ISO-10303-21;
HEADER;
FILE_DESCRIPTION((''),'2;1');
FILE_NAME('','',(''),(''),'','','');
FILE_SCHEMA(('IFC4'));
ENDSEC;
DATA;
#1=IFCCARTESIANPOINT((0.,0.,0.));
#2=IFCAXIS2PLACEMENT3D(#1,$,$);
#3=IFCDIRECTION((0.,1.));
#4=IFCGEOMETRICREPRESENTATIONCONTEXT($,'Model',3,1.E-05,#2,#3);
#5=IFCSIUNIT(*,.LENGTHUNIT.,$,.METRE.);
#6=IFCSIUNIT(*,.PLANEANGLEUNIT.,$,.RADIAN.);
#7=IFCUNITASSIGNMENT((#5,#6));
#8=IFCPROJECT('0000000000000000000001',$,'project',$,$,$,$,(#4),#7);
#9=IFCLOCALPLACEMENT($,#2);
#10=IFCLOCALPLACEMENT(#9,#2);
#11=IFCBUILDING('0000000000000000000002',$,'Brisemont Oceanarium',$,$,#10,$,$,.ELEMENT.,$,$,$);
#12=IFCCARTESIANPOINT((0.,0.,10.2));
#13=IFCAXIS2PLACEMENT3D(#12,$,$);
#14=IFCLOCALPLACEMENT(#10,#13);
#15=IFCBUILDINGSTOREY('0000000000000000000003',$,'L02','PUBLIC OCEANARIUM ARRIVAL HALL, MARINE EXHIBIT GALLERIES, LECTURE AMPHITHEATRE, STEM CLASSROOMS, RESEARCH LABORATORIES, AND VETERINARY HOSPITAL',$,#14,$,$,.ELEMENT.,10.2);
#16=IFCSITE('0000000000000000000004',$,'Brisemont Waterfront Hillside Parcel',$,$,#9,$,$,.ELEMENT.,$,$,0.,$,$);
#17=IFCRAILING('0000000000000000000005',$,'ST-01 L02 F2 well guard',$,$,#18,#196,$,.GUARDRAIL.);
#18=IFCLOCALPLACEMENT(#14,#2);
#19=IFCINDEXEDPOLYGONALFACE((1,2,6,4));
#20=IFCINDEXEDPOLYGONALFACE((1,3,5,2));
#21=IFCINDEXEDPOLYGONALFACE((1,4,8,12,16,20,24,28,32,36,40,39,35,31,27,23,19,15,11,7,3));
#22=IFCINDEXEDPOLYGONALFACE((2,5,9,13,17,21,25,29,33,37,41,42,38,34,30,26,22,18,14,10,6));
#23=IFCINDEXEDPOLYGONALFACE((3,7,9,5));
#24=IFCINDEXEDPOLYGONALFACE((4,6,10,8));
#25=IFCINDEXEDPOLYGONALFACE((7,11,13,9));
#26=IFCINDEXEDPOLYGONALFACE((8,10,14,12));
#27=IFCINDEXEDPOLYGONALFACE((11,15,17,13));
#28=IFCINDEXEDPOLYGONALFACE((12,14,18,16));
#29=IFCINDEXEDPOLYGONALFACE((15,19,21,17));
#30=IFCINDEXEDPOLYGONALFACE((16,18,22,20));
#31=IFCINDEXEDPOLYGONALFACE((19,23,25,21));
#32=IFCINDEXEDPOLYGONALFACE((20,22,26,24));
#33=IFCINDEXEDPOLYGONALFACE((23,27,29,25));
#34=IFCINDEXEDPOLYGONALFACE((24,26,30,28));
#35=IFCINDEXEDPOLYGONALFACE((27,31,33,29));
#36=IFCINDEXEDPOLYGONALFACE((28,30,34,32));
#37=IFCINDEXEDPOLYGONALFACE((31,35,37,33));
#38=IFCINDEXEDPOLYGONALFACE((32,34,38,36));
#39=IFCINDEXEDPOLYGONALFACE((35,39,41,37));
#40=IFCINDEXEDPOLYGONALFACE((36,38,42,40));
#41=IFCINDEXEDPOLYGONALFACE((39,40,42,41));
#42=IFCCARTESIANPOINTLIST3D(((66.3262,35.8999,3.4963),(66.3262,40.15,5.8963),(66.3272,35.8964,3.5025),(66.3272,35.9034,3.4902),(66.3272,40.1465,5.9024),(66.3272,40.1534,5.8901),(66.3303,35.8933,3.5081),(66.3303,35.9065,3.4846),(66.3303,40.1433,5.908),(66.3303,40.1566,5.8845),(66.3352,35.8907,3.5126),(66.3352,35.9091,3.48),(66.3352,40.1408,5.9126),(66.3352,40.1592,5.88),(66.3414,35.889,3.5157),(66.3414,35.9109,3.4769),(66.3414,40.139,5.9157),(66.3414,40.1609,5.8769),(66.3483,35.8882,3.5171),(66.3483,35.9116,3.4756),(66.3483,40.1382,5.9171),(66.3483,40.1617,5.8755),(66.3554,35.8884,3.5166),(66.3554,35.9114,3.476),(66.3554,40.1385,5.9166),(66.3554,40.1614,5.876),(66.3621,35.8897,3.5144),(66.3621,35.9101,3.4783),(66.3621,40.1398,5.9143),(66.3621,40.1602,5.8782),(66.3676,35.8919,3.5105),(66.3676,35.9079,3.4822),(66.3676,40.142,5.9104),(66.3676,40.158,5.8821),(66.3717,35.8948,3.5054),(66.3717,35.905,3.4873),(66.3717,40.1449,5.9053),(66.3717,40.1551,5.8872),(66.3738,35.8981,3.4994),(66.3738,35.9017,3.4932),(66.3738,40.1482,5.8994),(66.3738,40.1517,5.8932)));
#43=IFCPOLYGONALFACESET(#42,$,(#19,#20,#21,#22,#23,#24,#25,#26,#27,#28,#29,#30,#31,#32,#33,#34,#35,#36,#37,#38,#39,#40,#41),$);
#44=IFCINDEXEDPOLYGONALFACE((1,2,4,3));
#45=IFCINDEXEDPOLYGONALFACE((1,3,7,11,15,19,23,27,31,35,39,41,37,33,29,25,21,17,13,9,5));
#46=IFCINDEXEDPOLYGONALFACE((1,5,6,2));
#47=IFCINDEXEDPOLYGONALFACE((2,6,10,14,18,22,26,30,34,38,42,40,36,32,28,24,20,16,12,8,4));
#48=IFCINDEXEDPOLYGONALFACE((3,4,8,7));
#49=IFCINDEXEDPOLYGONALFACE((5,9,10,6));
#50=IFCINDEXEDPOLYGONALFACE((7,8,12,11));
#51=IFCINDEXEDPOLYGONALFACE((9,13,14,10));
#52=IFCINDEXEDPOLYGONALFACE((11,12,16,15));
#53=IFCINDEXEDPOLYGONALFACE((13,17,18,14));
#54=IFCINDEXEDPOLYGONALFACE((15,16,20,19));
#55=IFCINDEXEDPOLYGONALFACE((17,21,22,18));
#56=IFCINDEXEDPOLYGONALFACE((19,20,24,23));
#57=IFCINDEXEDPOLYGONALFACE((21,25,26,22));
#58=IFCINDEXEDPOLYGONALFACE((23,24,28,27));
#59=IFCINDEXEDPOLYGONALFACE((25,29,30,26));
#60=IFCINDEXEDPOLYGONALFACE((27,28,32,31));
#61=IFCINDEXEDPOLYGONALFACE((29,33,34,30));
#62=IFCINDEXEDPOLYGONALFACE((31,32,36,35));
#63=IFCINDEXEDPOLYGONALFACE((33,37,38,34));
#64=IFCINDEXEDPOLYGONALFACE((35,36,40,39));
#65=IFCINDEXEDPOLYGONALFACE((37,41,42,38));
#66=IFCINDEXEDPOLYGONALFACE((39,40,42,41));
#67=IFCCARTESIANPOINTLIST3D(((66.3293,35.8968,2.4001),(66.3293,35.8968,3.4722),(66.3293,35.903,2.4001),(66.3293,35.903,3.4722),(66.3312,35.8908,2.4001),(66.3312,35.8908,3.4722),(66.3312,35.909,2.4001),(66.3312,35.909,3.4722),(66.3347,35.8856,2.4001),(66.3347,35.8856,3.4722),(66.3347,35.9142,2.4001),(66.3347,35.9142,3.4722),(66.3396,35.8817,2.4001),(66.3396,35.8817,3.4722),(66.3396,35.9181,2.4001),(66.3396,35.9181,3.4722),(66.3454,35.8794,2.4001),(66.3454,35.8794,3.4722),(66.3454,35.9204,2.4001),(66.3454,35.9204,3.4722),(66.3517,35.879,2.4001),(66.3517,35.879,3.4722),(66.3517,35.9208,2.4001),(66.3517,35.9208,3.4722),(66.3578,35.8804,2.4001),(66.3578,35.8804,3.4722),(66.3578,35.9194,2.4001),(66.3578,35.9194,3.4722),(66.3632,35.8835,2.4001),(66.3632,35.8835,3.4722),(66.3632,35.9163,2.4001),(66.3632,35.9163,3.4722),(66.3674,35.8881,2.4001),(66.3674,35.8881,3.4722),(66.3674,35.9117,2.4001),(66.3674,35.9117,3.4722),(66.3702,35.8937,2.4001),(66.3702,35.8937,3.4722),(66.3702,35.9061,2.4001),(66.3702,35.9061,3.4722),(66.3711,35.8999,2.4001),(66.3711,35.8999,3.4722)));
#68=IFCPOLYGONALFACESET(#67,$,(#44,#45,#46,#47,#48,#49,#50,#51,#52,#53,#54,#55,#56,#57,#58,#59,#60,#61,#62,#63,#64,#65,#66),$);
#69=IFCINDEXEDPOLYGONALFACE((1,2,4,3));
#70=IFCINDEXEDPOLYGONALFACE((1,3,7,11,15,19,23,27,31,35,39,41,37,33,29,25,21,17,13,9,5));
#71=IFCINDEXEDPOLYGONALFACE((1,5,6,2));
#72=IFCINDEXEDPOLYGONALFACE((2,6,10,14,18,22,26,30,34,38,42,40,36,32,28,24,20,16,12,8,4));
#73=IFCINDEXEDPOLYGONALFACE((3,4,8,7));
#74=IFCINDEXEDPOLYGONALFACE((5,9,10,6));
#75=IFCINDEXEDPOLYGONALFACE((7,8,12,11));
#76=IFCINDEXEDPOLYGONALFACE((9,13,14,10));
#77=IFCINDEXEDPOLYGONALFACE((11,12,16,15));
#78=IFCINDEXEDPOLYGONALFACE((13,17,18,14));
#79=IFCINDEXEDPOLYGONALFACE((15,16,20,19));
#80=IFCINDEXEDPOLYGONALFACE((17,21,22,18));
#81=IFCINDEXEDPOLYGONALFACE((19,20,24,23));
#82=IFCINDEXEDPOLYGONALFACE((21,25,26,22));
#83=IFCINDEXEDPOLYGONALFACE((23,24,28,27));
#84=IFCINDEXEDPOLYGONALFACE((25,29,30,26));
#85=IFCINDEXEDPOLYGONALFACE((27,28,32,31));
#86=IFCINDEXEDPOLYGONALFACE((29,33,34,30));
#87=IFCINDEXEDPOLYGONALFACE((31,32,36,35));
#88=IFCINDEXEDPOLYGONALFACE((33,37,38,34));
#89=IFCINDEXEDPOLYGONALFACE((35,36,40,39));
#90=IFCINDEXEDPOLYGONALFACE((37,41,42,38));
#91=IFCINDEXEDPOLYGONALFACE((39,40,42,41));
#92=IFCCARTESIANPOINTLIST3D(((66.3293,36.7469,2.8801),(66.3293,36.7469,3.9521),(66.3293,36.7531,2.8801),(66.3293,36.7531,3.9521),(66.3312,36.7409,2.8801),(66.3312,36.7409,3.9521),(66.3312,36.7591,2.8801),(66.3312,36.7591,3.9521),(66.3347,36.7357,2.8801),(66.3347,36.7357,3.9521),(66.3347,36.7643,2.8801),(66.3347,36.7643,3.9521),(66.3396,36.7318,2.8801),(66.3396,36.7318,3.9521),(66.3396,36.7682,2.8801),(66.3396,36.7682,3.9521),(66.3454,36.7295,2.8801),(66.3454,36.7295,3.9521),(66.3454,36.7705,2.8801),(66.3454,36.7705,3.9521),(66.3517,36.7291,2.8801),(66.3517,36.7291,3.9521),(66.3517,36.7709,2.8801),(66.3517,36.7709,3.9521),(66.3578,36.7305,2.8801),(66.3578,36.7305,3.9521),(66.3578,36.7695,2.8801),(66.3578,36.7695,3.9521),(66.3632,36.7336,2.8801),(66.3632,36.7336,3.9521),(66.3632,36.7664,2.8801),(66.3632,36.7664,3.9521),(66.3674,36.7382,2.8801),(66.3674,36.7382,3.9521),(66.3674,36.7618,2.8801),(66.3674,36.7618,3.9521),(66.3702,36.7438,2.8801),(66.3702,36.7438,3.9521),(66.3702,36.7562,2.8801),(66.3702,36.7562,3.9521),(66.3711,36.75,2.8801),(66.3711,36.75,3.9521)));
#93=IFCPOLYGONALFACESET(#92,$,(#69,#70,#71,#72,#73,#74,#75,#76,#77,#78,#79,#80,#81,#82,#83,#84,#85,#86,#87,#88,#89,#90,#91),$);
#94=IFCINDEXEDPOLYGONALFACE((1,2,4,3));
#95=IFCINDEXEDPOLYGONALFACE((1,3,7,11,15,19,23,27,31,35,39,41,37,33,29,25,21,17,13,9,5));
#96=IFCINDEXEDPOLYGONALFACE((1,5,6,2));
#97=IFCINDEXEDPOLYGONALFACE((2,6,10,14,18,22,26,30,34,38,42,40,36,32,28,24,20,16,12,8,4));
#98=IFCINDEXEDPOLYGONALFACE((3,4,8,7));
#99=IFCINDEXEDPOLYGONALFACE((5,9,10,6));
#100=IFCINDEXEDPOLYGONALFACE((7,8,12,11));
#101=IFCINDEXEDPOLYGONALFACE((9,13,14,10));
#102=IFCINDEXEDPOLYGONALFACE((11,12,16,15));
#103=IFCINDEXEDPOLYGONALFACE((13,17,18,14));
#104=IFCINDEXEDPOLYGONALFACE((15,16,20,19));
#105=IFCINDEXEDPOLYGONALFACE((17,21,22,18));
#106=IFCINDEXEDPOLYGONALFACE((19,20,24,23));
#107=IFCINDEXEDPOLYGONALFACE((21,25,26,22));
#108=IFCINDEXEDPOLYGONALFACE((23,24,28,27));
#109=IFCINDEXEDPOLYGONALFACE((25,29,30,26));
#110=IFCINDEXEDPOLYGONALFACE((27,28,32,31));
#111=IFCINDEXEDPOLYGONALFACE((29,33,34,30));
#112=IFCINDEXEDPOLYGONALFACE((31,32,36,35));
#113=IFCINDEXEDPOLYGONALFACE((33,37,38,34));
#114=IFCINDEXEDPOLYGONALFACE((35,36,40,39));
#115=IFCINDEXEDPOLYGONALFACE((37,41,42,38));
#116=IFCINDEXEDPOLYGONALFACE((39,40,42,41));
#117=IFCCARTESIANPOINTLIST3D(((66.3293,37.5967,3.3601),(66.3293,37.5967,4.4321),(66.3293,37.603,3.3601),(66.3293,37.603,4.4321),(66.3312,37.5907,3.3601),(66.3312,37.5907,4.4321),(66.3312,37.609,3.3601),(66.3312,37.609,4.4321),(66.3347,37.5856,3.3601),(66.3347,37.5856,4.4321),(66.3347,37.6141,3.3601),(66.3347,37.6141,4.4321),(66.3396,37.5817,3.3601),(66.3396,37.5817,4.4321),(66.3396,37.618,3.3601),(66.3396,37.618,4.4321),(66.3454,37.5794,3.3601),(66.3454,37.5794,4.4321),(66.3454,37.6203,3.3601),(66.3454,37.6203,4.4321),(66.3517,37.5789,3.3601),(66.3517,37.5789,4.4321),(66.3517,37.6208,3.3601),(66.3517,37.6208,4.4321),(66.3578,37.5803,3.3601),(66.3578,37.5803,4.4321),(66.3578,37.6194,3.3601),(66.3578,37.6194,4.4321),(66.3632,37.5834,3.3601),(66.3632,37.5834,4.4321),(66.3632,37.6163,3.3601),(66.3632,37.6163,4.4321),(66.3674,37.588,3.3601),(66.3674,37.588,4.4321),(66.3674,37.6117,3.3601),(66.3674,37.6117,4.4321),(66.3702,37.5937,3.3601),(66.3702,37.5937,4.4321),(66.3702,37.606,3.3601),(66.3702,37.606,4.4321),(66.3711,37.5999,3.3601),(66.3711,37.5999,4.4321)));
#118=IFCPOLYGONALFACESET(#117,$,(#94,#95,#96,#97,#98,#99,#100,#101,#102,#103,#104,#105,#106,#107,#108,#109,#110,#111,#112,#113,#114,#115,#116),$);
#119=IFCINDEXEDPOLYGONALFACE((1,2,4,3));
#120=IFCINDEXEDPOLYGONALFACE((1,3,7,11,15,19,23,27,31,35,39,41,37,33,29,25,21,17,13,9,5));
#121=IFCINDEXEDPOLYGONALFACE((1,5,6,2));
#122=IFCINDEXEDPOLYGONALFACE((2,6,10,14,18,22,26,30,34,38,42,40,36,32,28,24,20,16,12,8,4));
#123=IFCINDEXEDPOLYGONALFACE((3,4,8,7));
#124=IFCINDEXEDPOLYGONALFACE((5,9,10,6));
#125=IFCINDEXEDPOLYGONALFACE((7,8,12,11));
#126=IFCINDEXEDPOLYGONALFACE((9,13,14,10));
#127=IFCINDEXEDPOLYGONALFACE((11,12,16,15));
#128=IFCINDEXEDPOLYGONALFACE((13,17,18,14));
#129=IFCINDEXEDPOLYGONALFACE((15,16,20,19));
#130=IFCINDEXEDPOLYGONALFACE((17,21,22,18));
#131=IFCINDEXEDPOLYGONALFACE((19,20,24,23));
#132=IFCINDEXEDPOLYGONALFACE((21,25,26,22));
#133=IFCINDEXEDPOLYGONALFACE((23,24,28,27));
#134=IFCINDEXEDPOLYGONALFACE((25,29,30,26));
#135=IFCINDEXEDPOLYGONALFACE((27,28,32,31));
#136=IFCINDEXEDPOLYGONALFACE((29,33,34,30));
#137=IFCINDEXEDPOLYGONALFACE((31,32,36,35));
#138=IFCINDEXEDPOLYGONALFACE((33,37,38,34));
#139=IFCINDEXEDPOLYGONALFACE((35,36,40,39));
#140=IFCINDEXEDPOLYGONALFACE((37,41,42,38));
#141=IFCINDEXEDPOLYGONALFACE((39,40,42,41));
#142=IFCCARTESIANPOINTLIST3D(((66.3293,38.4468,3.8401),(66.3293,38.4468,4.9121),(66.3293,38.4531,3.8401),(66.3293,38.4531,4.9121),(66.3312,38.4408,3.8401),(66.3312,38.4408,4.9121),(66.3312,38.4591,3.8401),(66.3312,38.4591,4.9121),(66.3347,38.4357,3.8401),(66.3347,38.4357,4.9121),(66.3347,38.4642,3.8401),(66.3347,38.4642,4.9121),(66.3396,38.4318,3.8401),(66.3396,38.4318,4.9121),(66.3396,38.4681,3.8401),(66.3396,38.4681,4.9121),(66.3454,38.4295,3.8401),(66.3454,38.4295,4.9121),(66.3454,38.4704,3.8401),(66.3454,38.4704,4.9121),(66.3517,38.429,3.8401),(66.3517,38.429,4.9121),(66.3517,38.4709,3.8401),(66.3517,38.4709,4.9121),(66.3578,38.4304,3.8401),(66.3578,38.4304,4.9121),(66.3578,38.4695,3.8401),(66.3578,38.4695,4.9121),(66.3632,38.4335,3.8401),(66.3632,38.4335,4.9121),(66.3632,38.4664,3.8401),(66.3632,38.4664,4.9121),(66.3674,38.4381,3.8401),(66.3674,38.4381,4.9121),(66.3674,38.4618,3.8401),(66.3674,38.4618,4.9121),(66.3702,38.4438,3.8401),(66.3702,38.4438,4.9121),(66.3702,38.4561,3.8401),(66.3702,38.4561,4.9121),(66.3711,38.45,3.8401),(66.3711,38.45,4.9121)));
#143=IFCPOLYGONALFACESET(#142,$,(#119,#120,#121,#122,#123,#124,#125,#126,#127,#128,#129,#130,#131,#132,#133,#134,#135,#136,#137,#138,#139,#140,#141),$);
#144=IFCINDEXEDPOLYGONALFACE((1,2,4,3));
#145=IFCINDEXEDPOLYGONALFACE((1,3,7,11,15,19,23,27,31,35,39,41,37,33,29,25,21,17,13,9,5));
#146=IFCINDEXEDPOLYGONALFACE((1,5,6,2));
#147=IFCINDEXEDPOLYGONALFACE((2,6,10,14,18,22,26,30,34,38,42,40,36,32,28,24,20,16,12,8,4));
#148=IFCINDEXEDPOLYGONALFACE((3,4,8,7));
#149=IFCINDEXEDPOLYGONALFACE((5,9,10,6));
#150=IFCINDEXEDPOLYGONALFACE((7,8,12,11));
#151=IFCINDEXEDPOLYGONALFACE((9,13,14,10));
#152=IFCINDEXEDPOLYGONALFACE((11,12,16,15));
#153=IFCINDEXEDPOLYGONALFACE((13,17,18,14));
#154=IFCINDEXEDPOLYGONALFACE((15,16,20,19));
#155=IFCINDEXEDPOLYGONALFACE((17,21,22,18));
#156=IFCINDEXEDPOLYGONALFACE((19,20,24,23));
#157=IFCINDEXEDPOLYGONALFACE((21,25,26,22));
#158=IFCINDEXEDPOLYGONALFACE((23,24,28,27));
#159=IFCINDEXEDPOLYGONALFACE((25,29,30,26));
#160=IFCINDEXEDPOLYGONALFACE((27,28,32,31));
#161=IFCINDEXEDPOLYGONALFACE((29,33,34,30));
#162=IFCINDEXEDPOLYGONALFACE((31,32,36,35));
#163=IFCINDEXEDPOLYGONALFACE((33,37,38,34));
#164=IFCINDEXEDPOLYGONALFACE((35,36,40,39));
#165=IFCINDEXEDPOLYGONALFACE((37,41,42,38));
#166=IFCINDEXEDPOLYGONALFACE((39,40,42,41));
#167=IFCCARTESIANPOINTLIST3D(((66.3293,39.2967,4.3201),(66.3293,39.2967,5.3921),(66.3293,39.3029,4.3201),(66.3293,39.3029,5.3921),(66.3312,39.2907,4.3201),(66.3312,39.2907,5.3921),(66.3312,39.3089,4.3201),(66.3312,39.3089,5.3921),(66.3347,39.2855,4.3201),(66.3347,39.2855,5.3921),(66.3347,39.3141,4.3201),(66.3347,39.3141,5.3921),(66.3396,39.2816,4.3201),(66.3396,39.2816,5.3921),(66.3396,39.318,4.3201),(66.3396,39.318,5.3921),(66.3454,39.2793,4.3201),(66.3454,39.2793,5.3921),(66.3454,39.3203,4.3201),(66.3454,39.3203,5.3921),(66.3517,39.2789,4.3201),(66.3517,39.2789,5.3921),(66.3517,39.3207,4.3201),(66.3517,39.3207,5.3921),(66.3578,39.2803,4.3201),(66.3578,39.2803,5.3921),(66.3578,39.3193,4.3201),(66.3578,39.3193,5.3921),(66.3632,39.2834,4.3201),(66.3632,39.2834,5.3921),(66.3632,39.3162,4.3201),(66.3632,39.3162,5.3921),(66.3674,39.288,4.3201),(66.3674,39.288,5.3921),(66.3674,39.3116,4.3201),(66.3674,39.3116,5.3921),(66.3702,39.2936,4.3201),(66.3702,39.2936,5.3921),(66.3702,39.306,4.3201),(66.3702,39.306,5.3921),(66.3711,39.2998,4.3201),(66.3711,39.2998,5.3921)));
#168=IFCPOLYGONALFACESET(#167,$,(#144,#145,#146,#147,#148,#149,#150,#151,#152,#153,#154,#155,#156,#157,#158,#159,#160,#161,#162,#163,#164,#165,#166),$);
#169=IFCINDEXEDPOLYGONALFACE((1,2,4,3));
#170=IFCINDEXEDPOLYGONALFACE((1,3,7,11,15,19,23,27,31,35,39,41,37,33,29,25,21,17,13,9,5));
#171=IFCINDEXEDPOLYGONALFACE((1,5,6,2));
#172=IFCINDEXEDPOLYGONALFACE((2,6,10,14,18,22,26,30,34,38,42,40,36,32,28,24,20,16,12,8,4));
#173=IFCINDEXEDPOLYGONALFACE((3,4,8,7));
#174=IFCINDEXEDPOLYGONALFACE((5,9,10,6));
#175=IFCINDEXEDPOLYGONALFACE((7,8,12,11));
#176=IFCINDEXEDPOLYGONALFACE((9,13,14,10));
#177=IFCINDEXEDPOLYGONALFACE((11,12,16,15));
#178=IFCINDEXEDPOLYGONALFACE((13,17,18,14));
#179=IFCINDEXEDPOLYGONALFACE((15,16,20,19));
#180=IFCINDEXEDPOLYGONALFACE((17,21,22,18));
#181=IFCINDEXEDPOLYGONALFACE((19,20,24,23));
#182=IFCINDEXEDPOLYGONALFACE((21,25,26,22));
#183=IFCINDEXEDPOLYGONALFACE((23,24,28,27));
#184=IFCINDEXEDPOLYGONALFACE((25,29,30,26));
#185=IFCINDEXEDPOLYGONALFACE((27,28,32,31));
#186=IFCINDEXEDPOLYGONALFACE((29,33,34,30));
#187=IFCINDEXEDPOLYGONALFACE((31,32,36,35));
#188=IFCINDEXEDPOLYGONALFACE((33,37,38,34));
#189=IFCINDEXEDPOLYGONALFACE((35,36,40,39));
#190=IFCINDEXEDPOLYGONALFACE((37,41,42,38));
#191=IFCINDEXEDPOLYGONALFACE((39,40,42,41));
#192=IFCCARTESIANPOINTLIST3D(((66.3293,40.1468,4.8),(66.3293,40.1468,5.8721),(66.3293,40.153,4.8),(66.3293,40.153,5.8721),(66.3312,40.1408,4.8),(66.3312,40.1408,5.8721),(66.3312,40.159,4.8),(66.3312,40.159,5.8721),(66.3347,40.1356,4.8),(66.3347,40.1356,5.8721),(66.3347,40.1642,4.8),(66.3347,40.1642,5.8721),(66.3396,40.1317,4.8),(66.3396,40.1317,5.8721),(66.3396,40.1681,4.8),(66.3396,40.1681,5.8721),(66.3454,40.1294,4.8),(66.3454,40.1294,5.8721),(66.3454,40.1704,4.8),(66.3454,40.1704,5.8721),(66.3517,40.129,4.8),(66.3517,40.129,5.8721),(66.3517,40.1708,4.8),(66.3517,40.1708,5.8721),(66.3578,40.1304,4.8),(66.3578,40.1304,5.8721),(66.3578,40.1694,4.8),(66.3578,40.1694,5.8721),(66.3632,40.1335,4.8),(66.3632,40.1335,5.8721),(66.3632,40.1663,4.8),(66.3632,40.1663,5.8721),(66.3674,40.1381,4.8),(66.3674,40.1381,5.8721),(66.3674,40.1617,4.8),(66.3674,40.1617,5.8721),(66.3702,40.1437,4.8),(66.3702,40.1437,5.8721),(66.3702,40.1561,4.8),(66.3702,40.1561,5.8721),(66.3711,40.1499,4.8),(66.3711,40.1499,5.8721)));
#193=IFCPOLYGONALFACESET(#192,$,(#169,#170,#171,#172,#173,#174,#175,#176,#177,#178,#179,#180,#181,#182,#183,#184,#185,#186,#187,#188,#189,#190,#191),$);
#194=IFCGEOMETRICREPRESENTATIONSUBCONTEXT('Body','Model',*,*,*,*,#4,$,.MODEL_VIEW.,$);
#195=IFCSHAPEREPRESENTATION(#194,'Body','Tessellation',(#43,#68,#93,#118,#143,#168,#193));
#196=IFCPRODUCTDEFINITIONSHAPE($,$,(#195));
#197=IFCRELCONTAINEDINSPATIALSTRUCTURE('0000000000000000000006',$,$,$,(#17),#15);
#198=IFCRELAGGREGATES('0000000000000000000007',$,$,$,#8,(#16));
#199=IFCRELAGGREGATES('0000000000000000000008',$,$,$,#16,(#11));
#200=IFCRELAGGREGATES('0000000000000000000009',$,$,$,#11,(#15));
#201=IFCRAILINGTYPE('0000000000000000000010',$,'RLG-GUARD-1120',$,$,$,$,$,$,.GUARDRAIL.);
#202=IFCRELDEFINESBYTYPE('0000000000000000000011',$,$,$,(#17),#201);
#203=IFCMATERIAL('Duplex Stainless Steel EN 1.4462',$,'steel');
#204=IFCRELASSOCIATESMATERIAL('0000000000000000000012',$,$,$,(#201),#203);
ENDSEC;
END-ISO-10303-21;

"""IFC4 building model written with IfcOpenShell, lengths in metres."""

from ifc_helpers import new_model, si_unit, direction, frame, origin, origin_2d, place, context, subcontext, project, spatial, circle, extrude, material, type_object, element, save


model = new_model("IFC4")

# Units and contexts
model_context = context("Model", 3, precision=1e-05, world=origin(), true_north=direction((0.0, 1.0)))
body_context = subcontext(model_context, "Body", "Model", "MODEL_VIEW")
ifc_project = project(units=[si_unit("LENGTHUNIT", "METRE"), si_unit("PLANEANGLEUNIT", "RADIAN")], contexts=[model_context])

# Site, building, storey
site_placement = place(None, origin())
site = spatial("IfcSite", under=ifc_project, at=site_placement, Name="Brisemont Waterfront Hillside Parcel", CompositionType="ELEMENT", RefElevation=0.0)
building_placement = place(site_placement, origin())
building = spatial("IfcBuilding", under=site, at=building_placement, Name="Brisemont Oceanarium", CompositionType="ELEMENT")
storey_placement = place(building_placement, frame((0.0, 0.0, 10.2)))
storey = spatial("IfcBuildingStorey", under=building, at=storey_placement, Name="L02", Description="PUBLIC OCEANARIUM ARRIVAL HALL, MARINE EXHIBIT GALLERIES, LECTURE AMPHITHEATRE, STEM CLASSROOMS, RESEARCH LABORATORIES, AND VETERINARY HOSPITAL", CompositionType="ELEMENT", Elevation=10.2)

# Railing
ifc_material_1 = material(Name="Duplex Stainless Steel EN 1.4462", Category="steel")
railing_type_1 = type_object("IfcRailingType", Name="RLG-GUARD-1120", PredefinedType="GUARDRAIL", material=ifc_material_1)
railing_1_placement = place(storey_placement, frame((66.3501, 35.8999, 2.4001)))
element("IfcRailing", 1, at=railing_1_placement, inside=storey, type_object=railing_type_1, Name="ST-01 L02 F2 well guard", PredefinedType="GUARDRAIL", context=body_context, shape_type="SweptSolid", body=[
    extrude(circle(Radius=0.0239, at=origin_2d()), frame((0.0, 0.0, 1.0962), z_axis=(0.0, 0.870762, 0.491704), x_axis=(-1.0, 0.0, 0.0)), (0.0, 0.0, 1.0), 4.8809),
    extrude(circle(Radius=0.021, at=origin_2d()), origin(), (0.0, 0.0, 1.0), 1.072),
    extrude(circle(Radius=0.021, at=origin_2d()), frame((0.0, 0.8501, 0.48)), (0.0, 0.0, 1.0), 1.072),
    extrude(circle(Radius=0.021, at=origin_2d()), frame((0.0, 1.7, 0.96)), (0.0, 0.0, 1.0), 1.072),
    extrude(circle(Radius=0.021, at=origin_2d()), frame((0.0, 2.55, 1.4399)), (0.0, 0.0, 1.0), 1.072),
    extrude(circle(Radius=0.021, at=origin_2d()), frame((0.0, 3.3999, 1.9199)), (0.0, 0.0, 1.0), 1.072),
    extrude(circle(Radius=0.021, at=origin_2d()), frame((0.0, 4.25, 2.3999)), (0.0, 0.0, 1.0), 1.072),
])

save(model, "model.ifc")
